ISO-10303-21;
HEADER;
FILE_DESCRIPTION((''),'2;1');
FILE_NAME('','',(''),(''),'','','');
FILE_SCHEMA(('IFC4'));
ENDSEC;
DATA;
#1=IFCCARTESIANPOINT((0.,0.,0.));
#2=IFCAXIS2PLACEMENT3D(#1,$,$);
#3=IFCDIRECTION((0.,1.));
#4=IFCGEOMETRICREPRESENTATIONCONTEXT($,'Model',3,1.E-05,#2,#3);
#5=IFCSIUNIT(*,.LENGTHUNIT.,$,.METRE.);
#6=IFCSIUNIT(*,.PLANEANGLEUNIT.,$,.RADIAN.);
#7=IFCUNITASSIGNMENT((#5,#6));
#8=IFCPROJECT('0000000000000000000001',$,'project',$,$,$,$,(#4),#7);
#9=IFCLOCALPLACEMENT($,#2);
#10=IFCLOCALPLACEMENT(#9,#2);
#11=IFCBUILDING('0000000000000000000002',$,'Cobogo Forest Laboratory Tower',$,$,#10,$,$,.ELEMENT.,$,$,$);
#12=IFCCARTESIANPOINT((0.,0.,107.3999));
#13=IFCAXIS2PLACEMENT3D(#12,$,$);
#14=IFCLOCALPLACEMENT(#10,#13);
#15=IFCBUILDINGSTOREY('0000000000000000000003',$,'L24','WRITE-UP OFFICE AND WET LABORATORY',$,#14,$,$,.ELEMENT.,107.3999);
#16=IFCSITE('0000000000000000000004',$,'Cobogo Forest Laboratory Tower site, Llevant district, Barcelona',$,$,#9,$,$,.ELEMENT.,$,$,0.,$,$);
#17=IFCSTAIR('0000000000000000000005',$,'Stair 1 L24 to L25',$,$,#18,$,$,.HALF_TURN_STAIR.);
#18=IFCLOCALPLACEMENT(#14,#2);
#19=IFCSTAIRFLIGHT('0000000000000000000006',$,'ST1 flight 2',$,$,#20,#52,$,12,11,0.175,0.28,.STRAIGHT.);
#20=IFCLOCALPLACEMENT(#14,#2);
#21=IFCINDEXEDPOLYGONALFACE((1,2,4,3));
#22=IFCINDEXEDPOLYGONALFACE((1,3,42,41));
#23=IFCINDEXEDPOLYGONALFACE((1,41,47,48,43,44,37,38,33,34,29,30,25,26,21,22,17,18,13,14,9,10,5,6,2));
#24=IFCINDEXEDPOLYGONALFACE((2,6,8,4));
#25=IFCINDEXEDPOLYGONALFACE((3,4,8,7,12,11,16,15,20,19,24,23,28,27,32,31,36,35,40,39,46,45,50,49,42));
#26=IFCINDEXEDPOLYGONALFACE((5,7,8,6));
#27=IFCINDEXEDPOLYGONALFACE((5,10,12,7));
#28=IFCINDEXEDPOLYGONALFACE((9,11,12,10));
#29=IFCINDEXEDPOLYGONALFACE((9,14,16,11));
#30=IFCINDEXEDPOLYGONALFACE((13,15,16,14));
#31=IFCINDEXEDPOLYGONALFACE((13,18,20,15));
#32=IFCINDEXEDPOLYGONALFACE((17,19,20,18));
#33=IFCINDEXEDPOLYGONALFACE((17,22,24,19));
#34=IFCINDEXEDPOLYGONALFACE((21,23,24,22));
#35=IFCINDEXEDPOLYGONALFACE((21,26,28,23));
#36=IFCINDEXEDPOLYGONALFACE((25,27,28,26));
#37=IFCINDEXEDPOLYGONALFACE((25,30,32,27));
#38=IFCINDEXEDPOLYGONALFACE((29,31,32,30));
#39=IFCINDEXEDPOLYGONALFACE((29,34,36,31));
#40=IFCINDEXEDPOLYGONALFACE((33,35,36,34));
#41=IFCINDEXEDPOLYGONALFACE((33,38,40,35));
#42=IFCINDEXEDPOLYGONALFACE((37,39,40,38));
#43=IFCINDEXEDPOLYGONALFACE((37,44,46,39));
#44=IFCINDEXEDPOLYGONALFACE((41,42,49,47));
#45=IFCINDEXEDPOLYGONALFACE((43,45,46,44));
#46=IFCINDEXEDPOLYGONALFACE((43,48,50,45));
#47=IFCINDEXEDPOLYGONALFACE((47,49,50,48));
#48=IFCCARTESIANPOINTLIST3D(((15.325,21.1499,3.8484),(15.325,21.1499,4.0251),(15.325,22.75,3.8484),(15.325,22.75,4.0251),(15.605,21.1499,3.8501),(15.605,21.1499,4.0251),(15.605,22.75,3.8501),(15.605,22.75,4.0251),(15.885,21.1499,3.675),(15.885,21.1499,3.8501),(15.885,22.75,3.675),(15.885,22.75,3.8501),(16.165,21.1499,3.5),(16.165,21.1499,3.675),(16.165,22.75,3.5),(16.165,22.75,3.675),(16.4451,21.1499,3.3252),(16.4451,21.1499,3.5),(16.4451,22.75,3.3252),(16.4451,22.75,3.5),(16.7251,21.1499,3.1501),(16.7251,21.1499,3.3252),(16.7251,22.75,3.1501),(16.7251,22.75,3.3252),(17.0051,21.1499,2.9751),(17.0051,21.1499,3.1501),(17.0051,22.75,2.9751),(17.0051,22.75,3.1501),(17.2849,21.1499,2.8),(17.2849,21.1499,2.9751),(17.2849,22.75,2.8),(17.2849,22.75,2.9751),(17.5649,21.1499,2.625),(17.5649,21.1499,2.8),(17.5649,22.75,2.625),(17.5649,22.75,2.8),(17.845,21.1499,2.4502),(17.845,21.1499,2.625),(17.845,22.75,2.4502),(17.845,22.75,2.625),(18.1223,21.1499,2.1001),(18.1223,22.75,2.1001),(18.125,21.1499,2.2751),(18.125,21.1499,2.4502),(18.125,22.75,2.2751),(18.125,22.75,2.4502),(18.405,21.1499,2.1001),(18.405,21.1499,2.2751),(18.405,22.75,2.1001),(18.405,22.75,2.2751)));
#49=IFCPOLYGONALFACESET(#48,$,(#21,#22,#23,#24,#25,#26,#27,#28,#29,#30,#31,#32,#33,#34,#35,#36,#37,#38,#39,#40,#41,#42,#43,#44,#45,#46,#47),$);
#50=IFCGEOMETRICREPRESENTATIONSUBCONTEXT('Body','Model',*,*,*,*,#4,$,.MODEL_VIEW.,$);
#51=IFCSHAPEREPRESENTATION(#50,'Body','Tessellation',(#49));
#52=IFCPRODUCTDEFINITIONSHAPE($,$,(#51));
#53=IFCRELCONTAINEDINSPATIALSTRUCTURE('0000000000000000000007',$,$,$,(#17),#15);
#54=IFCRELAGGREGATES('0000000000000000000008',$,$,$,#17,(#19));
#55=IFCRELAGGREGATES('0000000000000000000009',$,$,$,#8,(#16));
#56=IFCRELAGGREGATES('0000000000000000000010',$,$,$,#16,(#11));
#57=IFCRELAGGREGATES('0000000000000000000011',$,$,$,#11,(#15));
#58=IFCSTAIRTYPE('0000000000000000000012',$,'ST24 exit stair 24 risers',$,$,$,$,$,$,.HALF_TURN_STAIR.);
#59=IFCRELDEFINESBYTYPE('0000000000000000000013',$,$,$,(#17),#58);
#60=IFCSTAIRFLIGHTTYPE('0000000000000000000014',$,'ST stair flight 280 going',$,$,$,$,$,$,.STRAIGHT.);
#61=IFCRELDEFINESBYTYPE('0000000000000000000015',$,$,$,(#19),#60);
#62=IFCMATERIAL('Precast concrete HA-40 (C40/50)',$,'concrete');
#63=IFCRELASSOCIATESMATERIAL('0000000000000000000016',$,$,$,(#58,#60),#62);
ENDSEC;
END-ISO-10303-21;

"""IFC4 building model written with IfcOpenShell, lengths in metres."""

from ifc_helpers import new_model, si_unit, direction, frame, origin, place, context, subcontext, project, spatial, polyline, outline, extrude, material, type_object, element, aggregate, save


model = new_model("IFC4")

# Units and contexts
model_context = context("Model", 3, precision=1e-05, world=origin(), true_north=direction((0.0, 1.0)))
body_context = subcontext(model_context, "Body", "Model", "MODEL_VIEW")
ifc_project = project(units=[si_unit("LENGTHUNIT", "METRE"), si_unit("PLANEANGLEUNIT", "RADIAN")], contexts=[model_context])

# Site, building, storey
site_placement = place(None, origin())
site = spatial("IfcSite", under=ifc_project, at=site_placement, Name="Cobogo Forest Laboratory Tower site, Llevant district, Barcelona", CompositionType="ELEMENT", RefElevation=0.0)
building_placement = place(site_placement, origin())
building = spatial("IfcBuilding", under=site, at=building_placement, Name="Cobogo Forest Laboratory Tower", CompositionType="ELEMENT")
storey_placement = place(building_placement, frame((0.0, 0.0, 107.3999)))
storey = spatial("IfcBuildingStorey", under=building, at=storey_placement, Name="L24", Description="WRITE-UP OFFICE AND WET LABORATORY", CompositionType="ELEMENT", Elevation=107.3999)

# Stair, stair flight
ifc_material_1 = material(Name="Precast concrete HA-40 (C40/50)", Category="concrete")
stair_type = type_object("IfcStairType", Name="ST24 exit stair 24 risers", PredefinedType="HALF_TURN_STAIR", material=ifc_material_1)
stair_placement = place(storey_placement, origin())
stair = element("IfcStair", 1, at=stair_placement, inside=storey, type_object=stair_type, Name="Stair 1 L24 to L25", PredefinedType="HALF_TURN_STAIR")
stair_flight_type = type_object("IfcStairFlightType", Name="ST stair flight 280 going", PredefinedType="STRAIGHT", material=ifc_material_1)
stair_flight_1_placement = place(storey_placement, frame((18.405, 21.95, 2.1001), z_axis=(0.0, 0.0, 1.0), x_axis=(-1.0, 0.0, 0.0)))
stair_flight_1 = element("IfcStairFlight", 2, at=stair_flight_1_placement, type_object=stair_flight_type, Name="ST1 flight 2", NumberOfRisers=12, NumberOfTreads=11, PredefinedType="STRAIGHT", RiserHeight=0.175, TreadLength=0.28, context=body_context, shape_type="SweptSolid", body=[
    extrude(outline(polyline([(0.0, 0.0), (0.0, 0.175), (0.28, 0.175), (0.28, 0.3501), (0.5601, 0.3501), (0.5601, 0.5249), (0.8401, 0.5249), (0.8401, 0.7), (1.1201, 0.7), (1.1201, 0.875), (1.3999, 0.875), (1.3999, 1.05), (1.6799, 1.05), (1.6799, 1.2251), (1.96, 1.2251), (1.96, 1.3999), (2.24, 1.3999), (2.24, 1.575), (2.52, 1.575), (2.52, 1.75), (2.8, 1.75), (2.8, 1.925), (3.0801, 1.925), (3.0801, 2.1001), (3.0801, 1.7483), (0.2827, 0.0), (0.0, 0.0)])), frame((0.0, 0.8, 0.0), z_axis=(0.0, -1.0, 0.0), x_axis=(1.0, 0.0, 0.0)), (0.0, 0.0, 1.0), 1.6001),
])
aggregate(stair, [stair_flight_1])

save(model, "model.ifc")
